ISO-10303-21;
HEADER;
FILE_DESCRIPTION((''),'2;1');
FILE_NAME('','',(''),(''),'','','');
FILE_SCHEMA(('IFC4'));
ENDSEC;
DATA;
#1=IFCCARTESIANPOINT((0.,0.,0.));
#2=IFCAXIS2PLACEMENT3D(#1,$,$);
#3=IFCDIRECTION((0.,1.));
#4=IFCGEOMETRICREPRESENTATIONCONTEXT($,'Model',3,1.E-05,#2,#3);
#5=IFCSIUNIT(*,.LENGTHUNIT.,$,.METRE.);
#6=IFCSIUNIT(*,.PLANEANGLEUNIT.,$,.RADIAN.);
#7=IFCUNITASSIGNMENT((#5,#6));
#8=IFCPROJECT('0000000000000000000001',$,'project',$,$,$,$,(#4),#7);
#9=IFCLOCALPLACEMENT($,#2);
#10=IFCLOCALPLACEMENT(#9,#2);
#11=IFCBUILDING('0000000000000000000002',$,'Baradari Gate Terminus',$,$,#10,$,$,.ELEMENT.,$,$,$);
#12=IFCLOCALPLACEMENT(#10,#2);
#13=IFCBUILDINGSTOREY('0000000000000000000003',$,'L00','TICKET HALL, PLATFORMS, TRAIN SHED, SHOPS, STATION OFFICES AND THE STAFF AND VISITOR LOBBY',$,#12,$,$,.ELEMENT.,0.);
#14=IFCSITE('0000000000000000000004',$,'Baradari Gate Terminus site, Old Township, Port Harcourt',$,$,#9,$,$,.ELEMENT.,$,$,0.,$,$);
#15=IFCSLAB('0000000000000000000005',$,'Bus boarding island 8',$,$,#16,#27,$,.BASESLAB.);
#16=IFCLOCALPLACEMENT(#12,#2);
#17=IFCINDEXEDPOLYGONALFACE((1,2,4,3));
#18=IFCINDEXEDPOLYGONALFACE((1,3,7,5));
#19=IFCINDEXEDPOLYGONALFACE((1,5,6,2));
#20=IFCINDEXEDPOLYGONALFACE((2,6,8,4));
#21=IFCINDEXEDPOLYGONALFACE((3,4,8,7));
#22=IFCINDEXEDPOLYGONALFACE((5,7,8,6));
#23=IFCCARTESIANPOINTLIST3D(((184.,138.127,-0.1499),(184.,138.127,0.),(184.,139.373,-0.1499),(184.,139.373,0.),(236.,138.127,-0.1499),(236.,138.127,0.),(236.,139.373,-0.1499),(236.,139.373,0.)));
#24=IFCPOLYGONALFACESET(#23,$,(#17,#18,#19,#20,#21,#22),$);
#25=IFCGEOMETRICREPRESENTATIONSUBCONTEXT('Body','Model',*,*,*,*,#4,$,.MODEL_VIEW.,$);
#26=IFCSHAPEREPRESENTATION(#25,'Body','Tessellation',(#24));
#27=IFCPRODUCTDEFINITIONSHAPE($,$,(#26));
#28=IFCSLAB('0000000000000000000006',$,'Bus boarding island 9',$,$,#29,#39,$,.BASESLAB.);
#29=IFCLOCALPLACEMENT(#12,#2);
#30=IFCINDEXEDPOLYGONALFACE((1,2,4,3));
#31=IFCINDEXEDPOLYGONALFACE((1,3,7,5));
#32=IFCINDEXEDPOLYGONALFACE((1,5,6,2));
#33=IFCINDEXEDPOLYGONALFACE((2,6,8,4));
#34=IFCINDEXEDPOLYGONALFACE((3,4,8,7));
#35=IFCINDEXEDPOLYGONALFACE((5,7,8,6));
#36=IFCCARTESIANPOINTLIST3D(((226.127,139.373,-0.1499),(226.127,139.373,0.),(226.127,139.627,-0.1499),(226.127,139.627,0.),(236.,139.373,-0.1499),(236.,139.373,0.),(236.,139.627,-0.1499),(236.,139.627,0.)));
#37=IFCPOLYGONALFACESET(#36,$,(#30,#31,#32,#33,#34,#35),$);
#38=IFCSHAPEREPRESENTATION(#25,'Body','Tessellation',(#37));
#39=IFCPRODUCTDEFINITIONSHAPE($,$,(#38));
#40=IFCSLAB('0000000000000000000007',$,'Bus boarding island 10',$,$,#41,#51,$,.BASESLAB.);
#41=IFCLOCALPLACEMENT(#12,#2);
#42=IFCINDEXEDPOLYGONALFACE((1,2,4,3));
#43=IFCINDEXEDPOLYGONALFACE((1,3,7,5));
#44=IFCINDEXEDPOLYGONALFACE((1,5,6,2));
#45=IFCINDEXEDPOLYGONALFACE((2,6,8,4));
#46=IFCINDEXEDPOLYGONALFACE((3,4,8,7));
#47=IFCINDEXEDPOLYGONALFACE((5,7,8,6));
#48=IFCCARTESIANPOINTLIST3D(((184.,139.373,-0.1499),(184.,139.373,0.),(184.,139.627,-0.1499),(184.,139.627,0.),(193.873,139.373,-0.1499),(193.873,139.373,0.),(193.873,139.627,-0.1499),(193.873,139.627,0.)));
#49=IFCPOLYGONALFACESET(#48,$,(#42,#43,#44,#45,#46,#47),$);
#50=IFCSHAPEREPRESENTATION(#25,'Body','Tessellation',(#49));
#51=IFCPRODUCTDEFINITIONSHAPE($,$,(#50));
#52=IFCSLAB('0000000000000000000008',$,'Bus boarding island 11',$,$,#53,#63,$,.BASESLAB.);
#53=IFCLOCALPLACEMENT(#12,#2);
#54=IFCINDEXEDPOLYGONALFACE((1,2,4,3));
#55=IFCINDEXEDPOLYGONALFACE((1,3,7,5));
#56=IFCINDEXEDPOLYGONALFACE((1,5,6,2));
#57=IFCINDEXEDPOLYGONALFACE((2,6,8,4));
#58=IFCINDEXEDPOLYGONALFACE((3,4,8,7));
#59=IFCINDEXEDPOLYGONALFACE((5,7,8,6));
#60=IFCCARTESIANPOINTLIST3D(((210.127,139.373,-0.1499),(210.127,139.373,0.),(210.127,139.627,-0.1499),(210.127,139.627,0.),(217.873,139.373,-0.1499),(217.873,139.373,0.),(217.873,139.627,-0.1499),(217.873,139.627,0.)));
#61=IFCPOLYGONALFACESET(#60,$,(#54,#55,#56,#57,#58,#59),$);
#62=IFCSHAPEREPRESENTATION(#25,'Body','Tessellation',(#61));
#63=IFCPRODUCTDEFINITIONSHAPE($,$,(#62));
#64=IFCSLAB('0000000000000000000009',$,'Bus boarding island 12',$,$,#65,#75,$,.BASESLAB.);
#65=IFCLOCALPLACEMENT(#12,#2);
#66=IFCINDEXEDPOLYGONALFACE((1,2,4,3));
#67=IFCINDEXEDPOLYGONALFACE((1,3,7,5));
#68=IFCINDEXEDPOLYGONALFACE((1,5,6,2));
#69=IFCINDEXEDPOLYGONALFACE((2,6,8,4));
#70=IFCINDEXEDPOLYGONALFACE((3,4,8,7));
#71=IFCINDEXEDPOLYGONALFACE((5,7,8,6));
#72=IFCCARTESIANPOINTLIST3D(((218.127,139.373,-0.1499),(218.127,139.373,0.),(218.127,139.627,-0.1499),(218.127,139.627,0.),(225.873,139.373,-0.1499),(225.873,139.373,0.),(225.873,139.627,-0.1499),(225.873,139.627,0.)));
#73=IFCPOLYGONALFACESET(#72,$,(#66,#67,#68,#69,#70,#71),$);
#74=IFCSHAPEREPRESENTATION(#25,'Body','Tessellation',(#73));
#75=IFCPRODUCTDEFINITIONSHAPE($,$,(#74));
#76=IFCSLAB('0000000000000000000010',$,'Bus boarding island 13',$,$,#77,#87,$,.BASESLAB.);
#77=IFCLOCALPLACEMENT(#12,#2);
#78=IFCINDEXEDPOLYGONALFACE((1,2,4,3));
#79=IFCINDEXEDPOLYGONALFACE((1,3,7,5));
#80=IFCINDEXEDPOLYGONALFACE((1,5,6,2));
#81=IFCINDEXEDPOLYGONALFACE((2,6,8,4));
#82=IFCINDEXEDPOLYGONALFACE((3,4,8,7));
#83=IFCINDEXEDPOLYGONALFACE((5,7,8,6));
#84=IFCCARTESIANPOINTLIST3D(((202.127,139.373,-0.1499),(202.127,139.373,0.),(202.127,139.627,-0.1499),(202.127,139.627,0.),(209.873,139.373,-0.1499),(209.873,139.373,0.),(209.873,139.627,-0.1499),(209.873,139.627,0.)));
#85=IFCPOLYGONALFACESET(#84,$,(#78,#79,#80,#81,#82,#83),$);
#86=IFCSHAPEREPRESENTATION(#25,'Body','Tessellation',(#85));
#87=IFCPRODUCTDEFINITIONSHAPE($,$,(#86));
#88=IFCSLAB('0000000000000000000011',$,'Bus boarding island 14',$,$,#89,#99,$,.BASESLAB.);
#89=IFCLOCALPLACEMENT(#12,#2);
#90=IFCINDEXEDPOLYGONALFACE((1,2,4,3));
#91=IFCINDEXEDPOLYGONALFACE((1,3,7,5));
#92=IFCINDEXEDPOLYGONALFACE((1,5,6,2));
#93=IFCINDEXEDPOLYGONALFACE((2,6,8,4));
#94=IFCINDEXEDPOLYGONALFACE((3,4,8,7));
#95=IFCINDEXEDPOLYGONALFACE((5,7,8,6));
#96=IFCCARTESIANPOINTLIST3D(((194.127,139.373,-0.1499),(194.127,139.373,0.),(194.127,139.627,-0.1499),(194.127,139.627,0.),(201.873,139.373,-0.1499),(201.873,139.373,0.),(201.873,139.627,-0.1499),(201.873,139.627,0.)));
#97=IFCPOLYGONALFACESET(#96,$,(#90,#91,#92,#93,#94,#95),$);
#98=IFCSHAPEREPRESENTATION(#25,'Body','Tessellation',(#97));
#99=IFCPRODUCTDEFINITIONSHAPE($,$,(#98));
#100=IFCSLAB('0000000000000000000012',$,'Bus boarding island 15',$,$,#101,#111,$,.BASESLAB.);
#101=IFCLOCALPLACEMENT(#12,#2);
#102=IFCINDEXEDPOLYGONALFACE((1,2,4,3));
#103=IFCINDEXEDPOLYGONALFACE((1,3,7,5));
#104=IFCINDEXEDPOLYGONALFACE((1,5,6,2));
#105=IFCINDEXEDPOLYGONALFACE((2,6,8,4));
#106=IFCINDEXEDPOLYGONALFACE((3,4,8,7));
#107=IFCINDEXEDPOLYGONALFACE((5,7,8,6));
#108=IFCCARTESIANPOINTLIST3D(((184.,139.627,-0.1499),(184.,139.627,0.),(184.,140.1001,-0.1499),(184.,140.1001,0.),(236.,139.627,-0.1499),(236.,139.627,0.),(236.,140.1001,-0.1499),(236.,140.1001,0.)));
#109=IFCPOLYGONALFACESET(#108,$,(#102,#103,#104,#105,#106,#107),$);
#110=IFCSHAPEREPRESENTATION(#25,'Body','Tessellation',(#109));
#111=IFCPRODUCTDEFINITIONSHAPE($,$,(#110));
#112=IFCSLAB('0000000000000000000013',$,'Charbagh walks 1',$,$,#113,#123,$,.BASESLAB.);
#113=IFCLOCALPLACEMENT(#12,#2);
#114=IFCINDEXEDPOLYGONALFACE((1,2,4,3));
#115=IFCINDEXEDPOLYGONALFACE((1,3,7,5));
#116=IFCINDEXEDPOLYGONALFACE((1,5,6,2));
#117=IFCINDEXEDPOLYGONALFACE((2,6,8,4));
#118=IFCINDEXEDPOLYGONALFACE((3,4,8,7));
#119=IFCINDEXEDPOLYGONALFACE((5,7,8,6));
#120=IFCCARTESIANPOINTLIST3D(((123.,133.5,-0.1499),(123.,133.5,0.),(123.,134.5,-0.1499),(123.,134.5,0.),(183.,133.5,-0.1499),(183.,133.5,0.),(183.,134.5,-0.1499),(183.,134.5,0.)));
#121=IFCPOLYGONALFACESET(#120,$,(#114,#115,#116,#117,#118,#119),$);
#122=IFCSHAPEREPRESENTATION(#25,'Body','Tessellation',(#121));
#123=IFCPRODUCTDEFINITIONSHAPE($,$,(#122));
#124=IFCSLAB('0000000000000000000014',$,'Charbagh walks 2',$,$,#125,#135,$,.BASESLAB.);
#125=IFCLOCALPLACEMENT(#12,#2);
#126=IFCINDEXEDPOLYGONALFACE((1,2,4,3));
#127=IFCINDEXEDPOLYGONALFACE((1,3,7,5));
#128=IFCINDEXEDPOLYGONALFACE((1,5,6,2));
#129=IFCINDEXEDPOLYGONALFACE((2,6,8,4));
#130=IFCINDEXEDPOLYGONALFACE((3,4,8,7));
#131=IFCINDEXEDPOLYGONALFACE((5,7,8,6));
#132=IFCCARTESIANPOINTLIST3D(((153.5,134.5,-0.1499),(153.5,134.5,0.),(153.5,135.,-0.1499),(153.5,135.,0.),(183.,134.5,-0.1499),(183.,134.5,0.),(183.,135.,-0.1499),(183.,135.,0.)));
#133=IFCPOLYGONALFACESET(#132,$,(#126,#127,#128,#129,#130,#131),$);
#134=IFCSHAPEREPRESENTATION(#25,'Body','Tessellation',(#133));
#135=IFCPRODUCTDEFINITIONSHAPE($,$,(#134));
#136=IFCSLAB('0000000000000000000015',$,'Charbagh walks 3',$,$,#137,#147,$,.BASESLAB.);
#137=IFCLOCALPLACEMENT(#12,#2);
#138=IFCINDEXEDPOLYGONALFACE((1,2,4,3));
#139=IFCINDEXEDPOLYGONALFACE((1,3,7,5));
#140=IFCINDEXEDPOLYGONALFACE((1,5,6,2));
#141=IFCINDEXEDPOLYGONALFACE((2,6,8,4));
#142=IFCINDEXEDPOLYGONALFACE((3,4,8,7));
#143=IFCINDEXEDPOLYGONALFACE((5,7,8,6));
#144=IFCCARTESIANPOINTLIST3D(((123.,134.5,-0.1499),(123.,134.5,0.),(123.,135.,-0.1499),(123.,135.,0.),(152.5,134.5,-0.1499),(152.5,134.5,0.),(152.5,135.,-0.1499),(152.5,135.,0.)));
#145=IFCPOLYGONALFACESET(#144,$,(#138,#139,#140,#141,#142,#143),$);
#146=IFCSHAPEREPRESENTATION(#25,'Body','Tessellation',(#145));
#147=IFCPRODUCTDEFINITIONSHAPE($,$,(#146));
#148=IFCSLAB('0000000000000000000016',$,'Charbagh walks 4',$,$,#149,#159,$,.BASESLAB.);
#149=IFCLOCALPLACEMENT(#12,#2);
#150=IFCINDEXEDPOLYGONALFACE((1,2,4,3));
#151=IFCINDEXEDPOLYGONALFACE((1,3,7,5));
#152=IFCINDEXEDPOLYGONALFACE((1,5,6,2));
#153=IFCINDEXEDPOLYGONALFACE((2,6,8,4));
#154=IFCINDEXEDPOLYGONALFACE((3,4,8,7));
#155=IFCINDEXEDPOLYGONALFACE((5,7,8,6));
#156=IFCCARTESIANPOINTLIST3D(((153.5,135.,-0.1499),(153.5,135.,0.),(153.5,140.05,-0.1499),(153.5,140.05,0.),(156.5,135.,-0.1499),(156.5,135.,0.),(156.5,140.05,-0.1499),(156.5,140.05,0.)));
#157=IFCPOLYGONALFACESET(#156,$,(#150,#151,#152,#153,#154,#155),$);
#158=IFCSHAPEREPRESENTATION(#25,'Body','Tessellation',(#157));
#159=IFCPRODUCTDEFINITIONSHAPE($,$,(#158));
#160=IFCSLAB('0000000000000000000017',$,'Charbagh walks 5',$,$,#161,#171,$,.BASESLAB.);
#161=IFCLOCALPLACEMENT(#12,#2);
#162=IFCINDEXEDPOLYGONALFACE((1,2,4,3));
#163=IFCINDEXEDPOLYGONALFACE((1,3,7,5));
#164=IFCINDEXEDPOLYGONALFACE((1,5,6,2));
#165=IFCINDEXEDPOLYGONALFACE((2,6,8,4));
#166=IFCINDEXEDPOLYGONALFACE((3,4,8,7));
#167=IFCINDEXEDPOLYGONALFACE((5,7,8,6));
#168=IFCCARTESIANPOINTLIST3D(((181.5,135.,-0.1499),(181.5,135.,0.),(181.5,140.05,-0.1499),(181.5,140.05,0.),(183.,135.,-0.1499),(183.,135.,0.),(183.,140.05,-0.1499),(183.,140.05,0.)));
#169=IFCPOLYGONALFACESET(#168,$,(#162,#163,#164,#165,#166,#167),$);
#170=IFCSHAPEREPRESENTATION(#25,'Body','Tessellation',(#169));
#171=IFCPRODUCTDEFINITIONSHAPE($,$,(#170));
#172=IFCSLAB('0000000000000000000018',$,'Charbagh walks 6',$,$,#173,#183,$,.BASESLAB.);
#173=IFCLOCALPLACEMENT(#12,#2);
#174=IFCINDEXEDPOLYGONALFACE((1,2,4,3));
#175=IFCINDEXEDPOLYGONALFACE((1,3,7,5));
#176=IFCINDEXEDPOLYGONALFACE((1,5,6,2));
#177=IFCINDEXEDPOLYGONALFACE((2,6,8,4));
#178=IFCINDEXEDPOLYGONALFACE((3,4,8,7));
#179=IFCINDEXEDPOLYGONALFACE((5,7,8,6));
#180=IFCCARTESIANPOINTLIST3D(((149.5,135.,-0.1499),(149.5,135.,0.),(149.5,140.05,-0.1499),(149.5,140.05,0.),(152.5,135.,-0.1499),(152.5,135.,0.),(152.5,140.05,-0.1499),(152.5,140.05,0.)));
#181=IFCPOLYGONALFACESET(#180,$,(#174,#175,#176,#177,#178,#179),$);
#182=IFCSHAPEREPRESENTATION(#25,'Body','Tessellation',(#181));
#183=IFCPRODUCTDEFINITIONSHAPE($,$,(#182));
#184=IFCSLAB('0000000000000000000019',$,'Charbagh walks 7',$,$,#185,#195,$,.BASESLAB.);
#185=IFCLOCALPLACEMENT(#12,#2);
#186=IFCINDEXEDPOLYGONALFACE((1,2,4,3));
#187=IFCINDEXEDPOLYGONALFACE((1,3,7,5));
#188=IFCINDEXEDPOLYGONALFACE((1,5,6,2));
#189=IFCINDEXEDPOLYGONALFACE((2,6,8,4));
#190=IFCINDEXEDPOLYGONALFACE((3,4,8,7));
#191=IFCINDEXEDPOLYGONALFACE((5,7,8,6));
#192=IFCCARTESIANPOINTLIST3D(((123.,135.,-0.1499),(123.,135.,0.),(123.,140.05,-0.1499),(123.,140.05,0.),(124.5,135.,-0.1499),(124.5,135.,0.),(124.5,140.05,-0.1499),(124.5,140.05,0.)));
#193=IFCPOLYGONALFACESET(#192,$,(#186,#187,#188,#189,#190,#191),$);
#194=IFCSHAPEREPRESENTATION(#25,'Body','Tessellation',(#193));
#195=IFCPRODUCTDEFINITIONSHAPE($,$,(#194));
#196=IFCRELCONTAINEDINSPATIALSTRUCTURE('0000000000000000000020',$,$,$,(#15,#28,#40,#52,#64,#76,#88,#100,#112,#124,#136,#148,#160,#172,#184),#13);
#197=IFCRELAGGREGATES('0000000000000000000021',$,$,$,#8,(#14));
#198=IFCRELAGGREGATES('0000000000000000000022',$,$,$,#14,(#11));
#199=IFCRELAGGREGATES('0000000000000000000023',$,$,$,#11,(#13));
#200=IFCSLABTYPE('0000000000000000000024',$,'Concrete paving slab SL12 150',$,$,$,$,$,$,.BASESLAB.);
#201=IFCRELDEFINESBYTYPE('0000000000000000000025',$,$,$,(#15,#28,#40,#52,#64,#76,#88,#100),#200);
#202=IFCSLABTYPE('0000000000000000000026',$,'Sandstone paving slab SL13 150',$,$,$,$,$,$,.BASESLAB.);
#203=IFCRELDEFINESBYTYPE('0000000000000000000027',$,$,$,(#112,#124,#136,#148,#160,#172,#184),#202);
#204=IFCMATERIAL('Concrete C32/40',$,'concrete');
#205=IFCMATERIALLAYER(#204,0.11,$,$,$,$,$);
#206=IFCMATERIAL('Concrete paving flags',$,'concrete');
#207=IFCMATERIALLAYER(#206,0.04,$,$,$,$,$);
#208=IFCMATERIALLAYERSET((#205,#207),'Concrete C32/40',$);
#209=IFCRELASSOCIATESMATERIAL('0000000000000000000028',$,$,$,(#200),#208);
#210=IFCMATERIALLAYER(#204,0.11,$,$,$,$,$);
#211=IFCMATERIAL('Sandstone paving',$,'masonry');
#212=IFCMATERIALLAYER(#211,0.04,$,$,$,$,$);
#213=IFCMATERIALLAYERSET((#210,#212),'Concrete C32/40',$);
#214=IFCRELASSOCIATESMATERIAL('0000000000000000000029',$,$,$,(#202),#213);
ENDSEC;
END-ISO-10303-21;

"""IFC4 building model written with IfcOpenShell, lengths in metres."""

from ifc_helpers import new_model, si_unit, direction, frame, origin, place, context, subcontext, project, spatial, polyline, outline, extrude, material, layer, layer_set, type_object, element, save


model = new_model("IFC4")

# Units and contexts
model_context = context("Model", 3, precision=1e-05, world=origin(), true_north=direction((0.0, 1.0)))
body_context = subcontext(model_context, "Body", "Model", "MODEL_VIEW")
ifc_project = project(units=[si_unit("LENGTHUNIT", "METRE"), si_unit("PLANEANGLEUNIT", "RADIAN")], contexts=[model_context])

# Site, building, storey
site_placement = place(None, origin())
site = spatial("IfcSite", under=ifc_project, at=site_placement, Name="Baradari Gate Terminus site, Old Township, Port Harcourt", CompositionType="ELEMENT", RefElevation=0.0)
building_placement = place(site_placement, origin())
building = spatial("IfcBuilding", under=site, at=building_placement, Name="Baradari Gate Terminus", CompositionType="ELEMENT")
storey_placement = place(building_placement, origin())
storey = spatial("IfcBuildingStorey", under=building, at=storey_placement, Name="L00", Description="TICKET HALL, PLATFORMS, TRAIN SHED, SHOPS, STATION OFFICES AND THE STAFF AND VISITOR LOBBY", CompositionType="ELEMENT", Elevation=0.0)

# Slabs
ifc_material_1 = material(Name="Concrete C32/40", Category="concrete")
ifc_layer_1 = layer(ifc_material_1, 0.11)
ifc_material_2 = material(Name="Concrete paving flags", Category="concrete")
ifc_layer_2 = layer(ifc_material_2, 0.04)
ifc_layer_set_1 = layer_set([ifc_layer_1, ifc_layer_2], Name="Concrete C32/40")
slab_type_1 = type_object("IfcSlabType", Name="Concrete paving slab SL12 150", PredefinedType="BASESLAB", material=ifc_layer_set_1)
slab_1_placement = place(storey_placement, frame((0.0, 0.0, -0.1499)))
element("IfcSlab", 1, at=slab_1_placement, inside=storey, type_object=slab_type_1, Name="Bus boarding island 8", PredefinedType="BASESLAB", context=body_context, shape_type="SweptSolid", body=[
    extrude(outline(polyline([(236.0, 138.127), (236.0, 139.373), (184.0, 139.373), (184.0, 138.127), (236.0, 138.127)])), origin(), (0.0, 0.0, 1.0), 0.1499),
])
slab_2_placement = place(storey_placement, frame((0.0, 0.0, -0.1499)))
element("IfcSlab", 2, at=slab_2_placement, inside=storey, type_object=slab_type_1, Name="Bus boarding island 9", PredefinedType="BASESLAB", context=body_context, shape_type="SweptSolid", body=[
    extrude(outline(polyline([(236.0, 139.373), (236.0, 139.627), (226.127, 139.627), (226.127, 139.373), (236.0, 139.373)])), origin(), (0.0, 0.0, 1.0), 0.1499),
])
slab_3_placement = place(storey_placement, frame((0.0, 0.0, -0.1499)))
element("IfcSlab", 3, at=slab_3_placement, inside=storey, type_object=slab_type_1, Name="Bus boarding island 10", PredefinedType="BASESLAB", context=body_context, shape_type="SweptSolid", body=[
    extrude(outline(polyline([(193.873, 139.373), (193.873, 139.627), (184.0, 139.627), (184.0, 139.373), (193.873, 139.373)])), origin(), (0.0, 0.0, 1.0), 0.1499),
])
slab_4_placement = place(storey_placement, frame((0.0, 0.0, -0.1499)))
element("IfcSlab", 4, at=slab_4_placement, inside=storey, type_object=slab_type_1, Name="Bus boarding island 11", PredefinedType="BASESLAB", context=body_context, shape_type="SweptSolid", body=[
    extrude(outline(polyline([(217.873, 139.373), (217.873, 139.627), (210.127, 139.627), (210.127, 139.373), (217.873, 139.373)])), origin(), (0.0, 0.0, 1.0), 0.1499),
])
slab_5_placement = place(storey_placement, frame((0.0, 0.0, -0.1499)))
element("IfcSlab", 5, at=slab_5_placement, inside=storey, type_object=slab_type_1, Name="Bus boarding island 12", PredefinedType="BASESLAB", context=body_context, shape_type="SweptSolid", body=[
    extrude(outline(polyline([(225.873, 139.373), (225.873, 139.627), (218.127, 139.627), (218.127, 139.373), (225.873, 139.373)])), origin(), (0.0, 0.0, 1.0), 0.1499),
])
slab_6_placement = place(storey_placement, frame((0.0, 0.0, -0.1499)))
element("IfcSlab", 6, at=slab_6_placement, inside=storey, type_object=slab_type_1, Name="Bus boarding island 13", PredefinedType="BASESLAB", context=body_context, shape_type="SweptSolid", body=[
    extrude(outline(polyline([(209.873, 139.373), (209.873, 139.627), (202.127, 139.627), (202.127, 139.373), (209.873, 139.373)])), origin(), (0.0, 0.0, 1.0), 0.1499),
])
slab_7_placement = place(storey_placement, frame((0.0, 0.0, -0.1499)))
element("IfcSlab", 7, at=slab_7_placement, inside=storey, type_object=slab_type_1, Name="Bus boarding island 14", PredefinedType="BASESLAB", context=body_context, shape_type="SweptSolid", body=[
    extrude(outline(polyline([(201.873, 139.373), (201.873, 139.627), (194.127, 139.627), (194.127, 139.373), (201.873, 139.373)])), origin(), (0.0, 0.0, 1.0), 0.1499),
])
slab_8_placement = place(storey_placement, frame((0.0, 0.0, -0.1499)))
element("IfcSlab", 8, at=slab_8_placement, inside=storey, type_object=slab_type_1, Name="Bus boarding island 15", PredefinedType="BASESLAB", context=body_context, shape_type="SweptSolid", body=[
    extrude(outline(polyline([(236.0, 139.627), (236.0, 140.1001), (184.0, 140.1001), (184.0, 139.627), (236.0, 139.627)])), origin(), (0.0, 0.0, 1.0), 0.1499),
])
ifc_layer_3 = layer(ifc_material_1, 0.11)
ifc_material_3 = material(Name="Sandstone paving", Category="masonry")
ifc_layer_4 = layer(ifc_material_3, 0.04)
ifc_layer_set_2 = layer_set([ifc_layer_3, ifc_layer_4], Name="Concrete C32/40")
slab_type_2 = type_object("IfcSlabType", Name="Sandstone paving slab SL13 150", PredefinedType="BASESLAB", material=ifc_layer_set_2)
slab_9_placement = place(storey_placement, frame((0.0, 0.0, -0.1499)))
element("IfcSlab", 9, at=slab_9_placement, inside=storey, type_object=slab_type_2, Name="Charbagh walks 1", PredefinedType="BASESLAB", context=body_context, shape_type="SweptSolid", body=[
    extrude(outline(polyline([(183.0, 133.5), (183.0, 134.5), (123.0, 134.5), (123.0, 133.5), (183.0, 133.5)])), origin(), (0.0, 0.0, 1.0), 0.1499),
])
slab_10_placement = place(storey_placement, frame((0.0, 0.0, -0.1499)))
element("IfcSlab", 10, at=slab_10_placement, inside=storey, type_object=slab_type_2, Name="Charbagh walks 2", PredefinedType="BASESLAB", context=body_context, shape_type="SweptSolid", body=[
    extrude(outline(polyline([(183.0, 134.5), (183.0, 135.0), (153.5, 135.0), (153.5, 134.5), (183.0, 134.5)])), origin(), (0.0, 0.0, 1.0), 0.1499),
])
slab_11_placement = place(storey_placement, frame((0.0, 0.0, -0.1499)))
element("IfcSlab", 11, at=slab_11_placement, inside=storey, type_object=slab_type_2, Name="Charbagh walks 3", PredefinedType="BASESLAB", context=body_context, shape_type="SweptSolid", body=[
    extrude(outline(polyline([(152.5, 134.5), (152.5, 135.0), (123.0, 135.0), (123.0, 134.5), (152.5, 134.5)])), origin(), (0.0, 0.0, 1.0), 0.1499),
])
slab_12_placement = place(storey_placement, frame((0.0, 0.0, -0.1499)))
element("IfcSlab", 12, at=slab_12_placement, inside=storey, type_object=slab_type_2, Name="Charbagh walks 4", PredefinedType="BASESLAB", context=body_context, shape_type="SweptSolid", body=[
    extrude(outline(polyline([(156.5, 135.0), (156.5, 140.05), (153.5, 140.05), (153.5, 135.0), (156.5, 135.0)])), origin(), (0.0, 0.0, 1.0), 0.1499),
])
slab_13_placement = place(storey_placement, frame((0.0, 0.0, -0.1499)))
element("IfcSlab", 13, at=slab_13_placement, inside=storey, type_object=slab_type_2, Name="Charbagh walks 5", PredefinedType="BASESLAB", context=body_context, shape_type="SweptSolid", body=[
    extrude(outline(polyline([(183.0, 135.0), (183.0, 140.05), (181.5, 140.05), (181.5, 135.0), (183.0, 135.0)])), origin(), (0.0, 0.0, 1.0), 0.1499),
])
slab_14_placement = place(storey_placement, frame((0.0, 0.0, -0.1499)))
element("IfcSlab", 14, at=slab_14_placement, inside=storey, type_object=slab_type_2, Name="Charbagh walks 6", PredefinedType="BASESLAB", context=body_context, shape_type="SweptSolid", body=[
    extrude(outline(polyline([(152.5, 135.0), (152.5, 140.05), (149.5, 140.05), (149.5, 135.0), (152.5, 135.0)])), origin(), (0.0, 0.0, 1.0), 0.1499),
])
slab_15_placement = place(storey_placement, frame((0.0, 0.0, -0.1499)))
element("IfcSlab", 15, at=slab_15_placement, inside=storey, type_object=slab_type_2, Name="Charbagh walks 7", PredefinedType="BASESLAB", context=body_context, shape_type="SweptSolid", body=[
    extrude(outline(polyline([(124.5, 135.0), (124.5, 140.05), (123.0, 140.05), (123.0, 135.0), (124.5, 135.0)])), origin(), (0.0, 0.0, 1.0), 0.1499),
])

save(model, "model.ifc")
